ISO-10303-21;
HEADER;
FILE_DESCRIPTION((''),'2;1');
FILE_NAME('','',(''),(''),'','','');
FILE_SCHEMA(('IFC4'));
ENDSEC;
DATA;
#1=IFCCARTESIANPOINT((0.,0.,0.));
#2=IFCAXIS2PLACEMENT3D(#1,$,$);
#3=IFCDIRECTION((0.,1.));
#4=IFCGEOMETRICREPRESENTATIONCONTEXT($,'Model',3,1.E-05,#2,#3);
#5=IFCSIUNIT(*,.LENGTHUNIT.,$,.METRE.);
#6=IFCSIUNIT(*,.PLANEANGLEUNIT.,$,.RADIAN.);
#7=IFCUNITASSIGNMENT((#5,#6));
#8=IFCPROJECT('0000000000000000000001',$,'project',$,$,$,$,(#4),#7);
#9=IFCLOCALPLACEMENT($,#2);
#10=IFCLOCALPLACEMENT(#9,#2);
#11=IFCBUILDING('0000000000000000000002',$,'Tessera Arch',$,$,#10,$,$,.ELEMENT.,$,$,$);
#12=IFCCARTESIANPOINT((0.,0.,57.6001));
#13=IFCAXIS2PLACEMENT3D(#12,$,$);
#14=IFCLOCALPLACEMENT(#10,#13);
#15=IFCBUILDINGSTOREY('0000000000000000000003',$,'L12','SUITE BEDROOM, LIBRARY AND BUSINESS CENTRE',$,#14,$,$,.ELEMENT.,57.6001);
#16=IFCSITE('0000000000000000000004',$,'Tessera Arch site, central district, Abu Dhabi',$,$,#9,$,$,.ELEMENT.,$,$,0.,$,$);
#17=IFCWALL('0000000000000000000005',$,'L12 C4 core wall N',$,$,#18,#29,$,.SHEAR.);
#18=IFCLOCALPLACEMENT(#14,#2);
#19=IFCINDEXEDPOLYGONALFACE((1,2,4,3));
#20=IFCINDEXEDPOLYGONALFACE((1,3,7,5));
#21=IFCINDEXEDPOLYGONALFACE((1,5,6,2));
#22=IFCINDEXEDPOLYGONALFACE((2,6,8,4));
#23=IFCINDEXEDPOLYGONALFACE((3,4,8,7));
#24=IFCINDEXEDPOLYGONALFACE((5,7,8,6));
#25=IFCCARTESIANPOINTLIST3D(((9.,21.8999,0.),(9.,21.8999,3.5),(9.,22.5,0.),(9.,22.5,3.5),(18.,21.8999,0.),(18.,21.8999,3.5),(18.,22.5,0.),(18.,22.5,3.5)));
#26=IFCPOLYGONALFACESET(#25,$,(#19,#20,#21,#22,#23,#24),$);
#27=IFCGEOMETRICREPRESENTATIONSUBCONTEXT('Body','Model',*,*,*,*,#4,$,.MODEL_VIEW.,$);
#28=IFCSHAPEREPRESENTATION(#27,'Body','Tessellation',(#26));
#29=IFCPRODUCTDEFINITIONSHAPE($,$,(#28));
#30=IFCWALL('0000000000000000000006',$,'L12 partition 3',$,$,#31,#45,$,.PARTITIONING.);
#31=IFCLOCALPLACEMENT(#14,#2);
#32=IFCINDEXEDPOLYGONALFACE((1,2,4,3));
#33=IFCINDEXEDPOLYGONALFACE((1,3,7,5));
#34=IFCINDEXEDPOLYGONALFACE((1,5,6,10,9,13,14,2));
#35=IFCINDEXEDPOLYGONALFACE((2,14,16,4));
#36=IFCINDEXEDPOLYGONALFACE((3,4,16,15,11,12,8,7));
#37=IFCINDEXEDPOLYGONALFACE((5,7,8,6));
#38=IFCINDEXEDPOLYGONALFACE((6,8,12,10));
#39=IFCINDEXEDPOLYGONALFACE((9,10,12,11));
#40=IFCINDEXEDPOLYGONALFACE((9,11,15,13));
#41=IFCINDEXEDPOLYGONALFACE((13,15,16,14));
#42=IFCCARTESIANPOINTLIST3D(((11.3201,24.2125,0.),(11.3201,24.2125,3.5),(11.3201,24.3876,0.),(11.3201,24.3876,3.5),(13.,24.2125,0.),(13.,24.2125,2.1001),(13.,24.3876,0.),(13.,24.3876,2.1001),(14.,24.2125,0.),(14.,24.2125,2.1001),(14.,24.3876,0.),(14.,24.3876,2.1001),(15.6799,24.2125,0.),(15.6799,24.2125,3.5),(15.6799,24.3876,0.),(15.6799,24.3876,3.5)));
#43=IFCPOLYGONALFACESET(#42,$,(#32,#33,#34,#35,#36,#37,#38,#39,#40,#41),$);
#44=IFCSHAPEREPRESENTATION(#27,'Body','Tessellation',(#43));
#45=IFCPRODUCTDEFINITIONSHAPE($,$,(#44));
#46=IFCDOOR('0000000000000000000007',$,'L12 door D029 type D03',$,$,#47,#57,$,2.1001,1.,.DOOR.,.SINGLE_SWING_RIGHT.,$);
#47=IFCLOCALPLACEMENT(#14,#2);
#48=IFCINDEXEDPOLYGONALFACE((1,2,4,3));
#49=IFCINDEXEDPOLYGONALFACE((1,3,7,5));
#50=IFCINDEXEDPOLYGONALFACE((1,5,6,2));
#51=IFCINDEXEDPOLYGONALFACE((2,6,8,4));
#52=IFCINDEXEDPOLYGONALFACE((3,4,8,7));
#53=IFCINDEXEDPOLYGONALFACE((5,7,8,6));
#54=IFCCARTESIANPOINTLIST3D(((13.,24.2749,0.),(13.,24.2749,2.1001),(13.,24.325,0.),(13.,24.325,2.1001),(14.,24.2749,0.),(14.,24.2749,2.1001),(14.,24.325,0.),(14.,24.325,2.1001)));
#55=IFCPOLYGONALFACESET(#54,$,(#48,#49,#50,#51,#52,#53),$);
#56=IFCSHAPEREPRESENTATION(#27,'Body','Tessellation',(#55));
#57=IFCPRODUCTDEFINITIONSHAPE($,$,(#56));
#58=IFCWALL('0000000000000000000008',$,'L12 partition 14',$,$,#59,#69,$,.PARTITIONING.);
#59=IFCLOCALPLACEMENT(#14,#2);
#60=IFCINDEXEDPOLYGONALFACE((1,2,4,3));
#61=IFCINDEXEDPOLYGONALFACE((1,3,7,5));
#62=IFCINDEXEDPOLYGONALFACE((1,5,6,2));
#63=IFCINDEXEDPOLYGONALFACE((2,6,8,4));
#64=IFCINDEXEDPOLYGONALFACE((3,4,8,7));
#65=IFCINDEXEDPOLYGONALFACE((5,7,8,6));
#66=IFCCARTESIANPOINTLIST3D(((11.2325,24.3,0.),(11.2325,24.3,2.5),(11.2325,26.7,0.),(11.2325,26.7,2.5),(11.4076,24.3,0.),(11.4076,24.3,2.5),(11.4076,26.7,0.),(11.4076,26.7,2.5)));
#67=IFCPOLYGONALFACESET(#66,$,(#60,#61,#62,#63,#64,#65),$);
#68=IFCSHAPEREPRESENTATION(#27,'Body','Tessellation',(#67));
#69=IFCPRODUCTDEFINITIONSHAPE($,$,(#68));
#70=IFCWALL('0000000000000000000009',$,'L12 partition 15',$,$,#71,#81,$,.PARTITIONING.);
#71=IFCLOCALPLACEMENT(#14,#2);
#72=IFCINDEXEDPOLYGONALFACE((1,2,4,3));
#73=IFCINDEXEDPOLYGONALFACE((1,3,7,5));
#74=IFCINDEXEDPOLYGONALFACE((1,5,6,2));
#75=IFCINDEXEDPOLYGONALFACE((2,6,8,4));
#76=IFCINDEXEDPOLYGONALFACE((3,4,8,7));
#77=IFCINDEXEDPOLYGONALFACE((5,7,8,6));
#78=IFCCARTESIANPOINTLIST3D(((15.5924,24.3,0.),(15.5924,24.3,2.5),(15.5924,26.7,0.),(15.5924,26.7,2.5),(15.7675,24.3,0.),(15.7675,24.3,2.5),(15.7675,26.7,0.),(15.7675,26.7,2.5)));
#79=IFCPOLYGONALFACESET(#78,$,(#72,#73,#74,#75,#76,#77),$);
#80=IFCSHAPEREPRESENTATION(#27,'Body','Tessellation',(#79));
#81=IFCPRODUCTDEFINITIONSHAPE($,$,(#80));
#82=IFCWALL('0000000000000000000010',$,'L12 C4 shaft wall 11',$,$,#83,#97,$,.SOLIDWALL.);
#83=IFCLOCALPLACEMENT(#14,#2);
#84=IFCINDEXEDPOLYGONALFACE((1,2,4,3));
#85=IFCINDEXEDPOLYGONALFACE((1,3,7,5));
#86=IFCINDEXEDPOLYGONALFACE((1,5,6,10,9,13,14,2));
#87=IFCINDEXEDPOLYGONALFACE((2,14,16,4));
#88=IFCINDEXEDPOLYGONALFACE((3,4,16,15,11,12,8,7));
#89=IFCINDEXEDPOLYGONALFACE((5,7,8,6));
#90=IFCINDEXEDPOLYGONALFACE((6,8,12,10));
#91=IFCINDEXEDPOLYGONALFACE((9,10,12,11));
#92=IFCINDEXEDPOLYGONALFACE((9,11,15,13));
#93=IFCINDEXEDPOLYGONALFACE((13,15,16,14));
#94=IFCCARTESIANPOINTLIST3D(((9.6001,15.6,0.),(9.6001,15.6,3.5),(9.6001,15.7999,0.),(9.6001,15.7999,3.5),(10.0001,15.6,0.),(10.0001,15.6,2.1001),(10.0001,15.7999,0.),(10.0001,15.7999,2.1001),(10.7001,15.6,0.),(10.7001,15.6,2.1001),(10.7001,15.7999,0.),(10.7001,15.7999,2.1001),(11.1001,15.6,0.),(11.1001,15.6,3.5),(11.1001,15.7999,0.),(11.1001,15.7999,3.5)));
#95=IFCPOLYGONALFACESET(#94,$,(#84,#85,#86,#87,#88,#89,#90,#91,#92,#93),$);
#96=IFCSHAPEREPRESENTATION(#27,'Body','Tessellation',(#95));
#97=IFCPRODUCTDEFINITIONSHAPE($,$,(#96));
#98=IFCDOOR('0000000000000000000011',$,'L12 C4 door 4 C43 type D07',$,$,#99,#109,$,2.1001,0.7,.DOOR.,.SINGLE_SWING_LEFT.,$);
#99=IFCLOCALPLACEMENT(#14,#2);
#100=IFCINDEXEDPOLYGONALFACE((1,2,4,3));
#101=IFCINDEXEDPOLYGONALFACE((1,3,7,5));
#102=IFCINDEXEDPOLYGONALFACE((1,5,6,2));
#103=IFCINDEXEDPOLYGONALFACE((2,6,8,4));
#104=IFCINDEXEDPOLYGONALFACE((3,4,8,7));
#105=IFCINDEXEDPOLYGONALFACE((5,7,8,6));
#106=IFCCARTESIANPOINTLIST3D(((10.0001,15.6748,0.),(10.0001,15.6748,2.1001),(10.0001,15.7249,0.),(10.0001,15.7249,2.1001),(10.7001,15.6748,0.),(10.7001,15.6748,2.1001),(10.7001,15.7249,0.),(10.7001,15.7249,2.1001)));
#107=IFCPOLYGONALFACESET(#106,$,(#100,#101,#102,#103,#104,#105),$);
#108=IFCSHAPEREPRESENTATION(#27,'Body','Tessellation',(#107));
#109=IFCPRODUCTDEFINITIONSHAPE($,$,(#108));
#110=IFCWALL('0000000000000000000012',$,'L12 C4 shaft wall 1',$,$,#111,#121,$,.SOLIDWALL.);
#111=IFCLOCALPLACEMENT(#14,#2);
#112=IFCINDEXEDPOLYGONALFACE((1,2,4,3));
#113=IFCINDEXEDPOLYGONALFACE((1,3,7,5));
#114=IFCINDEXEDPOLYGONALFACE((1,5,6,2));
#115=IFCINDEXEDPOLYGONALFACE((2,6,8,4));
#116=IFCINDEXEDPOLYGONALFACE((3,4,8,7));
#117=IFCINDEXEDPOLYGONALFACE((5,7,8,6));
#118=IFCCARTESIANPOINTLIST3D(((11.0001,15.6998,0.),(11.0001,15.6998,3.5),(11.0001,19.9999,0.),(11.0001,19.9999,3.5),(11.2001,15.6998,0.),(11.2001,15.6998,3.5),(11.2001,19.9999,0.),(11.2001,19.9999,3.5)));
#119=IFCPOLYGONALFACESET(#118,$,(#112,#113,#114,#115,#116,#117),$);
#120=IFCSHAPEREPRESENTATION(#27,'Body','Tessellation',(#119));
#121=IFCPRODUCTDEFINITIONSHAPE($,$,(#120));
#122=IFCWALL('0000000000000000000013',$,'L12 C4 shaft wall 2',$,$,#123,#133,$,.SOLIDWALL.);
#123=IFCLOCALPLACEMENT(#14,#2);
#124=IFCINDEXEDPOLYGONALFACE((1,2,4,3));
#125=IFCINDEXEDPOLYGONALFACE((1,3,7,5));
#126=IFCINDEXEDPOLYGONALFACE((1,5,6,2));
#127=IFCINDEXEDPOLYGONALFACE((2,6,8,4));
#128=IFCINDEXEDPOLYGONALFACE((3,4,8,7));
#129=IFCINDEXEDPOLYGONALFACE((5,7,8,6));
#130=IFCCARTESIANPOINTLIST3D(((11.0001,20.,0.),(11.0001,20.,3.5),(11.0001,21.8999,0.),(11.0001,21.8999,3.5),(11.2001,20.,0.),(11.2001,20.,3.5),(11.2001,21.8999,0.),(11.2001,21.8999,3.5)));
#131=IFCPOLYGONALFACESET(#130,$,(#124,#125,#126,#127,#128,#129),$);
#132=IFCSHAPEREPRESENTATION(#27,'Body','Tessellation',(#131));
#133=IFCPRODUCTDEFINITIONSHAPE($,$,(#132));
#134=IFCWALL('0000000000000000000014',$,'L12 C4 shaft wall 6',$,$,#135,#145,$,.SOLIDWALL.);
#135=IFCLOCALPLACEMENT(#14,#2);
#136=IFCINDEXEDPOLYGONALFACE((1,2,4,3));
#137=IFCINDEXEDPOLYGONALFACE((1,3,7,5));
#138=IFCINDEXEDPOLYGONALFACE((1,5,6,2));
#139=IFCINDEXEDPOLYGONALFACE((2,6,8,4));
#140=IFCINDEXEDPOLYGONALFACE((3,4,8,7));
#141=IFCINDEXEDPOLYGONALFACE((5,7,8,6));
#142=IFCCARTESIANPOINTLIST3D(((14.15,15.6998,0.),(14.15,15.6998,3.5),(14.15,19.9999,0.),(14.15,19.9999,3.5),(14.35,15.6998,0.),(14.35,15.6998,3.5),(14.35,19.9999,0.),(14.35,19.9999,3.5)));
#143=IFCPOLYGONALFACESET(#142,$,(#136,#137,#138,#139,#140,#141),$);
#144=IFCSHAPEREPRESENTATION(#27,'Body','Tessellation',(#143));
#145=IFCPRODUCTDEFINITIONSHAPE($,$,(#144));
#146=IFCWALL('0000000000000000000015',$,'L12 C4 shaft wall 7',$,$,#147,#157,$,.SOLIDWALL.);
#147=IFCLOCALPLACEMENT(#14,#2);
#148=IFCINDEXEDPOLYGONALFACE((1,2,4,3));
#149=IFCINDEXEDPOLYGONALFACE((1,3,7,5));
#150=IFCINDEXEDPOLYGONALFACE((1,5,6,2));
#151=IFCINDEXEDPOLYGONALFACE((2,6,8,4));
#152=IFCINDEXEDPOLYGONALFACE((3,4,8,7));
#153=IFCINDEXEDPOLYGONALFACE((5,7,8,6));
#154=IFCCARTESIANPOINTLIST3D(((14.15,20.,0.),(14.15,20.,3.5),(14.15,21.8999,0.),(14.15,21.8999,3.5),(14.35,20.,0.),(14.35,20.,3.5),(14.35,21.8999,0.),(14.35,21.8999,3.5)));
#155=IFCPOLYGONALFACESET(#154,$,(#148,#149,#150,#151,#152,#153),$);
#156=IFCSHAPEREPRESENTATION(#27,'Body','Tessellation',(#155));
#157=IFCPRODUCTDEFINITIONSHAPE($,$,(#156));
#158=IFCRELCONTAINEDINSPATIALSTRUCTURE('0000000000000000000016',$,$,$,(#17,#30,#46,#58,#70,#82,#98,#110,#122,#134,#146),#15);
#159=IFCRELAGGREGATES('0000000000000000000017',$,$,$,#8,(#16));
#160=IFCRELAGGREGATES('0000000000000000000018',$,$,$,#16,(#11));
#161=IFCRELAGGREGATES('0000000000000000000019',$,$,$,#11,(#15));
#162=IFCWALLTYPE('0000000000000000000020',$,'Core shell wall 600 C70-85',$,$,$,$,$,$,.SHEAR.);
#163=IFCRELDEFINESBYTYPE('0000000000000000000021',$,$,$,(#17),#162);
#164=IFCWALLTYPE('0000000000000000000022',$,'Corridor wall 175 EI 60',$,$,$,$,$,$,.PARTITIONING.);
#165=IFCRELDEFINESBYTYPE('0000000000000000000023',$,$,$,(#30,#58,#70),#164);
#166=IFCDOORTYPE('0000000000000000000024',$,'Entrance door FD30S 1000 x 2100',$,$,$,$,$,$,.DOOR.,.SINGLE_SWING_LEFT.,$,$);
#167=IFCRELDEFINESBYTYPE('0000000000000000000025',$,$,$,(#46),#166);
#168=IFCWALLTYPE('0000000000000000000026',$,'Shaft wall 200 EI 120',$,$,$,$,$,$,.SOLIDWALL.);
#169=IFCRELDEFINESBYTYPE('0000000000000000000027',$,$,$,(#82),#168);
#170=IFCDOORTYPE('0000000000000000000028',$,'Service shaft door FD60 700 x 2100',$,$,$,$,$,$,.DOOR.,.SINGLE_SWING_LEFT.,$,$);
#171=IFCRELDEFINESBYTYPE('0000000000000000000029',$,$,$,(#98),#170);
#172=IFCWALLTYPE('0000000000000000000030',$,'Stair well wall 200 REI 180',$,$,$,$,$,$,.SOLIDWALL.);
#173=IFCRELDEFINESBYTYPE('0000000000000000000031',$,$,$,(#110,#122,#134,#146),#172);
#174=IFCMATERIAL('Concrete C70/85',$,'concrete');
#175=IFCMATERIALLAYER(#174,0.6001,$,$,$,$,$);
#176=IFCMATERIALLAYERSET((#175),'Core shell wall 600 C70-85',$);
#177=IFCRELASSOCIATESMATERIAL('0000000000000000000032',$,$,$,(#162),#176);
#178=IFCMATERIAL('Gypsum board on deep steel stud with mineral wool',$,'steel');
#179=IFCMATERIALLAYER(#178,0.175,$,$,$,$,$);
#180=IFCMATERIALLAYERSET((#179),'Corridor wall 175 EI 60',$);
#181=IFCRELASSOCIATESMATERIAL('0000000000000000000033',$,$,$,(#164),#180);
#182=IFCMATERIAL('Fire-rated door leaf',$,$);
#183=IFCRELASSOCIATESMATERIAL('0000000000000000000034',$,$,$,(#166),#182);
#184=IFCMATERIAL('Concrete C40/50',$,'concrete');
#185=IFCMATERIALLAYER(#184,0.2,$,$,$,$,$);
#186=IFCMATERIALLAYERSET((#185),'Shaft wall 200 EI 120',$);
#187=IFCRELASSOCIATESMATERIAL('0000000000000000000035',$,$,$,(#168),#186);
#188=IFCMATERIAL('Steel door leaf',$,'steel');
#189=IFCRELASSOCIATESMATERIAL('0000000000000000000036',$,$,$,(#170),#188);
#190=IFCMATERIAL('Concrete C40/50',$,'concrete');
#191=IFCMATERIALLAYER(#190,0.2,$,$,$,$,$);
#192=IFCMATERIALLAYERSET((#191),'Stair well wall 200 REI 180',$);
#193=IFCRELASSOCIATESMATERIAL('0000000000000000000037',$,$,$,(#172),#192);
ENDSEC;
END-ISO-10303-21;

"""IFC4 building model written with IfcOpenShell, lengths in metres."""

from ifc_helpers import new_model, si_unit, direction, frame, frame_2d, origin, place, context, subcontext, project, spatial, rectangle, extrude, material, layer, layer_set, type_object, element, fill, save


model = new_model("IFC4")

# Units and contexts
model_context = context("Model", 3, precision=1e-05, world=origin(), true_north=direction((0.0, 1.0)))
body_context = subcontext(model_context, "Body", "Model", "MODEL_VIEW")
ifc_project = project(units=[si_unit("LENGTHUNIT", "METRE"), si_unit("PLANEANGLEUNIT", "RADIAN")], contexts=[model_context])

# Site, building, storey
site_placement = place(None, origin())
site = spatial("IfcSite", under=ifc_project, at=site_placement, Name="Tessera Arch site, central district, Abu Dhabi", CompositionType="ELEMENT", RefElevation=0.0)
building_placement = place(site_placement, origin())
building = spatial("IfcBuilding", under=site, at=building_placement, Name="Tessera Arch", CompositionType="ELEMENT")
storey_placement = place(building_placement, frame((0.0, 0.0, 57.6001)))
storey = spatial("IfcBuildingStorey", under=building, at=storey_placement, Name="L12", Description="SUITE BEDROOM, LIBRARY AND BUSINESS CENTRE", CompositionType="ELEMENT", Elevation=57.6001)

# Wall
ifc_material_1 = material(Name="Concrete C70/85", Category="concrete")
ifc_layer_1 = layer(ifc_material_1, 0.6001)
ifc_layer_set_1 = layer_set([ifc_layer_1], Name="Core shell wall 600 C70-85")
wall_type_1 = type_object("IfcWallType", Name="Core shell wall 600 C70-85", PredefinedType="SHEAR", material=ifc_layer_set_1)
wall_1_placement = place(storey_placement, frame((9.0, 22.2, 0.0), z_axis=(0.0, 0.0, 1.0), x_axis=(1.0, 0.0, 0.0)))
element("IfcWall", 1, at=wall_1_placement, inside=storey, type_object=wall_type_1, Name="L12 C4 core wall N", PredefinedType="SHEAR", context=body_context, shape_type="SweptSolid", body=[
    extrude(rectangle(XDim=9.0, YDim=0.6001, at=frame_2d((4.5, 0.0))), origin(), (0.0, 0.0, 1.0), 3.5),
])

# Wall, opening, door
ifc_material_2 = material(Name="Gypsum board on deep steel stud with mineral wool", Category="steel")
ifc_layer_2 = layer(ifc_material_2, 0.175)
ifc_layer_set_2 = layer_set([ifc_layer_2], Name="Corridor wall 175 EI 60")
wall_type_2 = type_object("IfcWallType", Name="Corridor wall 175 EI 60", PredefinedType="PARTITIONING", material=ifc_layer_set_2)
wall_2_placement = place(storey_placement, frame((11.3201, 24.3, 0.0), z_axis=(0.0, 0.0, 1.0), x_axis=(1.0, 0.0, 0.0)))
wall_2 = element("IfcWall", 2, at=wall_2_placement, inside=storey, type_object=wall_type_2, Name="L12 partition 3", PredefinedType="PARTITIONING", context=body_context, shape_type="SweptSolid", body=[
    extrude(rectangle(XDim=4.3599, YDim=0.175, at=frame_2d((2.1799, 0.0))), origin(), (0.0, 0.0, 1.0), 3.5),
])
opening_1_placement = place(wall_2_placement, frame((1.6799, 0.0, 0.0)))
opening_1 = element("IfcOpeningElement", 3, at=opening_1_placement, cuts=wall_2, PredefinedType="OPENING", context=body_context, shape_type="SweptSolid", body=[
    extrude(rectangle(XDim=1.0, YDim=2.1001, at=frame_2d((0.5, 1.05))), frame((0.0, 0.0974, 0.0), z_axis=(0.0, -1.0, 0.0), x_axis=(1.0, 0.0, 0.0)), (0.0, 0.0, 1.0), 0.1951),
])
ifc_material_3 = material(Name="Fire-rated door leaf")
door_type_1 = type_object("IfcDoorType", Name="Entrance door FD30S 1000 x 2100", OperationType="SINGLE_SWING_LEFT", PredefinedType="DOOR", material=ifc_material_3)
door_1_placement = place(opening_1_placement, origin())
door_1 = element("IfcDoor", 4, at=door_1_placement, inside=storey, type_object=door_type_1, Name="L12 door D029 type D03", OperationType="SINGLE_SWING_RIGHT", OverallHeight=2.1001, OverallWidth=1.0, PredefinedType="DOOR", context=body_context, shape_type="SweptSolid", body=[
    extrude(rectangle(XDim=1.0, YDim=2.1001, at=frame_2d((0.5, 1.05))), frame((0.0, 0.0249, 0.0), z_axis=(0.0, -1.0, 0.0), x_axis=(1.0, 0.0, 0.0)), (0.0, 0.0, 1.0), 0.05),
])
fill(opening_1, door_1)

# Walls
for number, where, z_axis, x_axis, name in (
    (5, (11.3201, 24.3, 0.0), (0.0, 0.0, 1.0), (0.0, 1.0, 0.0), "L12 partition 14"),
    (6, (15.6799, 24.3, 0.0), (0.0, 0.0, 1.0), (0.0, 1.0, 0.0), "L12 partition 15"),
):
    element("IfcWall", number, at=place(storey_placement, frame(where, z_axis=z_axis, x_axis=x_axis)), inside=storey, type_object=wall_type_2, Name=name, PredefinedType="PARTITIONING", context=body_context, shape_type="SweptSolid", body=[
        extrude(rectangle(XDim=2.3999, YDim=0.175, at=frame_2d((1.2, 0.0))), origin(), (0.0, 0.0, 1.0), 2.5),
    ])

# Wall, opening, door
ifc_material_4 = material(Name="Concrete C40/50", Category="concrete")
ifc_layer_3 = layer(ifc_material_4, 0.2)
ifc_layer_set_3 = layer_set([ifc_layer_3], Name="Shaft wall 200 EI 120")
wall_type_3 = type_object("IfcWallType", Name="Shaft wall 200 EI 120", PredefinedType="SOLIDWALL", material=ifc_layer_set_3)
wall_3_placement = place(storey_placement, frame((9.6001, 15.7, 0.0), z_axis=(0.0, 0.0, 1.0), x_axis=(1.0, 0.0, 0.0)))
wall_3 = element("IfcWall", 7, at=wall_3_placement, inside=storey, type_object=wall_type_3, Name="L12 C4 shaft wall 11", PredefinedType="SOLIDWALL", context=body_context, shape_type="SweptSolid", body=[
    extrude(rectangle(XDim=1.5, YDim=0.2, at=frame_2d((0.75, 0.0))), origin(), (0.0, 0.0, 1.0), 3.5),
])
opening_2_placement = place(wall_3_placement, frame((0.3999, 0.0, 0.0)))
opening_2 = element("IfcOpeningElement", 8, at=opening_2_placement, cuts=wall_3, PredefinedType="OPENING", context=body_context, shape_type="SweptSolid", body=[
    extrude(rectangle(XDim=0.7, YDim=2.1001, at=frame_2d((0.3501, 1.05))), frame((0.0, 0.1099, 0.0), z_axis=(0.0, -1.0, 0.0), x_axis=(1.0, 0.0, 0.0)), (0.0, 0.0, 1.0), 0.22),
])
ifc_material_5 = material(Name="Steel door leaf", Category="steel")
door_type_2 = type_object("IfcDoorType", Name="Service shaft door FD60 700 x 2100", OperationType="SINGLE_SWING_LEFT", PredefinedType="DOOR", material=ifc_material_5)
door_2_placement = place(opening_2_placement, origin())
door_2 = element("IfcDoor", 9, at=door_2_placement, inside=storey, type_object=door_type_2, Name="L12 C4 door 4 C43 type D07", OperationType="SINGLE_SWING_LEFT", OverallHeight=2.1001, OverallWidth=0.7, PredefinedType="DOOR", context=body_context, shape_type="SweptSolid", body=[
    extrude(rectangle(XDim=0.7, YDim=2.1001, at=frame_2d((0.3501, 1.05))), frame((0.0, 0.0249, 0.0), z_axis=(0.0, -1.0, 0.0), x_axis=(1.0, 0.0, 0.0)), (0.0, 0.0, 1.0), 0.05),
])
fill(opening_2, door_2)

# Walls
ifc_material_6 = material(Name="Concrete C40/50", Category="concrete")
ifc_layer_4 = layer(ifc_material_6, 0.2)
ifc_layer_set_4 = layer_set([ifc_layer_4], Name="Stair well wall 200 REI 180")
wall_type_4 = type_object("IfcWallType", Name="Stair well wall 200 REI 180", PredefinedType="SOLIDWALL", material=ifc_layer_set_4)
wall_4_placement = place(storey_placement, frame((11.1001, 15.7, 0.0), z_axis=(0.0, 0.0, 1.0), x_axis=(0.0, 1.0, 0.0)))
element("IfcWall", 10, at=wall_4_placement, inside=storey, type_object=wall_type_4, Name="L12 C4 shaft wall 1", PredefinedType="SOLIDWALL", context=body_context, shape_type="SweptSolid", body=[
    extrude(rectangle(XDim=4.3, YDim=0.2, at=frame_2d((2.1499, 0.0))), origin(), (0.0, 0.0, 1.0), 3.5),
])
wall_5_placement = place(storey_placement, frame((11.1001, 20.0, 0.0), z_axis=(0.0, 0.0, 1.0), x_axis=(0.0, 1.0, 0.0)))
element("IfcWall", 11, at=wall_5_placement, inside=storey, type_object=wall_type_4, Name="L12 C4 shaft wall 2", PredefinedType="SOLIDWALL", context=body_context, shape_type="SweptSolid", body=[
    extrude(rectangle(XDim=1.8999, YDim=0.2, at=frame_2d((0.95, 0.0))), origin(), (0.0, 0.0, 1.0), 3.5),
])
wall_6_placement = place(storey_placement, frame((14.25, 15.7, 0.0), z_axis=(0.0, 0.0, 1.0), x_axis=(0.0, 1.0, 0.0)))
element("IfcWall", 12, at=wall_6_placement, inside=storey, type_object=wall_type_4, Name="L12 C4 shaft wall 6", PredefinedType="SOLIDWALL", context=body_context, shape_type="SweptSolid", body=[
    extrude(rectangle(XDim=4.3, YDim=0.2, at=frame_2d((2.1499, 0.0))), origin(), (0.0, 0.0, 1.0), 3.5),
])
wall_7_placement = place(storey_placement, frame((14.25, 20.0, 0.0), z_axis=(0.0, 0.0, 1.0), x_axis=(0.0, 1.0, 0.0)))
element("IfcWall", 13, at=wall_7_placement, inside=storey, type_object=wall_type_4, Name="L12 C4 shaft wall 7", PredefinedType="SOLIDWALL", context=body_context, shape_type="SweptSolid", body=[
    extrude(rectangle(XDim=1.8999, YDim=0.2, at=frame_2d((0.95, 0.0))), origin(), (0.0, 0.0, 1.0), 3.5),
])

save(model, "model.ifc")
